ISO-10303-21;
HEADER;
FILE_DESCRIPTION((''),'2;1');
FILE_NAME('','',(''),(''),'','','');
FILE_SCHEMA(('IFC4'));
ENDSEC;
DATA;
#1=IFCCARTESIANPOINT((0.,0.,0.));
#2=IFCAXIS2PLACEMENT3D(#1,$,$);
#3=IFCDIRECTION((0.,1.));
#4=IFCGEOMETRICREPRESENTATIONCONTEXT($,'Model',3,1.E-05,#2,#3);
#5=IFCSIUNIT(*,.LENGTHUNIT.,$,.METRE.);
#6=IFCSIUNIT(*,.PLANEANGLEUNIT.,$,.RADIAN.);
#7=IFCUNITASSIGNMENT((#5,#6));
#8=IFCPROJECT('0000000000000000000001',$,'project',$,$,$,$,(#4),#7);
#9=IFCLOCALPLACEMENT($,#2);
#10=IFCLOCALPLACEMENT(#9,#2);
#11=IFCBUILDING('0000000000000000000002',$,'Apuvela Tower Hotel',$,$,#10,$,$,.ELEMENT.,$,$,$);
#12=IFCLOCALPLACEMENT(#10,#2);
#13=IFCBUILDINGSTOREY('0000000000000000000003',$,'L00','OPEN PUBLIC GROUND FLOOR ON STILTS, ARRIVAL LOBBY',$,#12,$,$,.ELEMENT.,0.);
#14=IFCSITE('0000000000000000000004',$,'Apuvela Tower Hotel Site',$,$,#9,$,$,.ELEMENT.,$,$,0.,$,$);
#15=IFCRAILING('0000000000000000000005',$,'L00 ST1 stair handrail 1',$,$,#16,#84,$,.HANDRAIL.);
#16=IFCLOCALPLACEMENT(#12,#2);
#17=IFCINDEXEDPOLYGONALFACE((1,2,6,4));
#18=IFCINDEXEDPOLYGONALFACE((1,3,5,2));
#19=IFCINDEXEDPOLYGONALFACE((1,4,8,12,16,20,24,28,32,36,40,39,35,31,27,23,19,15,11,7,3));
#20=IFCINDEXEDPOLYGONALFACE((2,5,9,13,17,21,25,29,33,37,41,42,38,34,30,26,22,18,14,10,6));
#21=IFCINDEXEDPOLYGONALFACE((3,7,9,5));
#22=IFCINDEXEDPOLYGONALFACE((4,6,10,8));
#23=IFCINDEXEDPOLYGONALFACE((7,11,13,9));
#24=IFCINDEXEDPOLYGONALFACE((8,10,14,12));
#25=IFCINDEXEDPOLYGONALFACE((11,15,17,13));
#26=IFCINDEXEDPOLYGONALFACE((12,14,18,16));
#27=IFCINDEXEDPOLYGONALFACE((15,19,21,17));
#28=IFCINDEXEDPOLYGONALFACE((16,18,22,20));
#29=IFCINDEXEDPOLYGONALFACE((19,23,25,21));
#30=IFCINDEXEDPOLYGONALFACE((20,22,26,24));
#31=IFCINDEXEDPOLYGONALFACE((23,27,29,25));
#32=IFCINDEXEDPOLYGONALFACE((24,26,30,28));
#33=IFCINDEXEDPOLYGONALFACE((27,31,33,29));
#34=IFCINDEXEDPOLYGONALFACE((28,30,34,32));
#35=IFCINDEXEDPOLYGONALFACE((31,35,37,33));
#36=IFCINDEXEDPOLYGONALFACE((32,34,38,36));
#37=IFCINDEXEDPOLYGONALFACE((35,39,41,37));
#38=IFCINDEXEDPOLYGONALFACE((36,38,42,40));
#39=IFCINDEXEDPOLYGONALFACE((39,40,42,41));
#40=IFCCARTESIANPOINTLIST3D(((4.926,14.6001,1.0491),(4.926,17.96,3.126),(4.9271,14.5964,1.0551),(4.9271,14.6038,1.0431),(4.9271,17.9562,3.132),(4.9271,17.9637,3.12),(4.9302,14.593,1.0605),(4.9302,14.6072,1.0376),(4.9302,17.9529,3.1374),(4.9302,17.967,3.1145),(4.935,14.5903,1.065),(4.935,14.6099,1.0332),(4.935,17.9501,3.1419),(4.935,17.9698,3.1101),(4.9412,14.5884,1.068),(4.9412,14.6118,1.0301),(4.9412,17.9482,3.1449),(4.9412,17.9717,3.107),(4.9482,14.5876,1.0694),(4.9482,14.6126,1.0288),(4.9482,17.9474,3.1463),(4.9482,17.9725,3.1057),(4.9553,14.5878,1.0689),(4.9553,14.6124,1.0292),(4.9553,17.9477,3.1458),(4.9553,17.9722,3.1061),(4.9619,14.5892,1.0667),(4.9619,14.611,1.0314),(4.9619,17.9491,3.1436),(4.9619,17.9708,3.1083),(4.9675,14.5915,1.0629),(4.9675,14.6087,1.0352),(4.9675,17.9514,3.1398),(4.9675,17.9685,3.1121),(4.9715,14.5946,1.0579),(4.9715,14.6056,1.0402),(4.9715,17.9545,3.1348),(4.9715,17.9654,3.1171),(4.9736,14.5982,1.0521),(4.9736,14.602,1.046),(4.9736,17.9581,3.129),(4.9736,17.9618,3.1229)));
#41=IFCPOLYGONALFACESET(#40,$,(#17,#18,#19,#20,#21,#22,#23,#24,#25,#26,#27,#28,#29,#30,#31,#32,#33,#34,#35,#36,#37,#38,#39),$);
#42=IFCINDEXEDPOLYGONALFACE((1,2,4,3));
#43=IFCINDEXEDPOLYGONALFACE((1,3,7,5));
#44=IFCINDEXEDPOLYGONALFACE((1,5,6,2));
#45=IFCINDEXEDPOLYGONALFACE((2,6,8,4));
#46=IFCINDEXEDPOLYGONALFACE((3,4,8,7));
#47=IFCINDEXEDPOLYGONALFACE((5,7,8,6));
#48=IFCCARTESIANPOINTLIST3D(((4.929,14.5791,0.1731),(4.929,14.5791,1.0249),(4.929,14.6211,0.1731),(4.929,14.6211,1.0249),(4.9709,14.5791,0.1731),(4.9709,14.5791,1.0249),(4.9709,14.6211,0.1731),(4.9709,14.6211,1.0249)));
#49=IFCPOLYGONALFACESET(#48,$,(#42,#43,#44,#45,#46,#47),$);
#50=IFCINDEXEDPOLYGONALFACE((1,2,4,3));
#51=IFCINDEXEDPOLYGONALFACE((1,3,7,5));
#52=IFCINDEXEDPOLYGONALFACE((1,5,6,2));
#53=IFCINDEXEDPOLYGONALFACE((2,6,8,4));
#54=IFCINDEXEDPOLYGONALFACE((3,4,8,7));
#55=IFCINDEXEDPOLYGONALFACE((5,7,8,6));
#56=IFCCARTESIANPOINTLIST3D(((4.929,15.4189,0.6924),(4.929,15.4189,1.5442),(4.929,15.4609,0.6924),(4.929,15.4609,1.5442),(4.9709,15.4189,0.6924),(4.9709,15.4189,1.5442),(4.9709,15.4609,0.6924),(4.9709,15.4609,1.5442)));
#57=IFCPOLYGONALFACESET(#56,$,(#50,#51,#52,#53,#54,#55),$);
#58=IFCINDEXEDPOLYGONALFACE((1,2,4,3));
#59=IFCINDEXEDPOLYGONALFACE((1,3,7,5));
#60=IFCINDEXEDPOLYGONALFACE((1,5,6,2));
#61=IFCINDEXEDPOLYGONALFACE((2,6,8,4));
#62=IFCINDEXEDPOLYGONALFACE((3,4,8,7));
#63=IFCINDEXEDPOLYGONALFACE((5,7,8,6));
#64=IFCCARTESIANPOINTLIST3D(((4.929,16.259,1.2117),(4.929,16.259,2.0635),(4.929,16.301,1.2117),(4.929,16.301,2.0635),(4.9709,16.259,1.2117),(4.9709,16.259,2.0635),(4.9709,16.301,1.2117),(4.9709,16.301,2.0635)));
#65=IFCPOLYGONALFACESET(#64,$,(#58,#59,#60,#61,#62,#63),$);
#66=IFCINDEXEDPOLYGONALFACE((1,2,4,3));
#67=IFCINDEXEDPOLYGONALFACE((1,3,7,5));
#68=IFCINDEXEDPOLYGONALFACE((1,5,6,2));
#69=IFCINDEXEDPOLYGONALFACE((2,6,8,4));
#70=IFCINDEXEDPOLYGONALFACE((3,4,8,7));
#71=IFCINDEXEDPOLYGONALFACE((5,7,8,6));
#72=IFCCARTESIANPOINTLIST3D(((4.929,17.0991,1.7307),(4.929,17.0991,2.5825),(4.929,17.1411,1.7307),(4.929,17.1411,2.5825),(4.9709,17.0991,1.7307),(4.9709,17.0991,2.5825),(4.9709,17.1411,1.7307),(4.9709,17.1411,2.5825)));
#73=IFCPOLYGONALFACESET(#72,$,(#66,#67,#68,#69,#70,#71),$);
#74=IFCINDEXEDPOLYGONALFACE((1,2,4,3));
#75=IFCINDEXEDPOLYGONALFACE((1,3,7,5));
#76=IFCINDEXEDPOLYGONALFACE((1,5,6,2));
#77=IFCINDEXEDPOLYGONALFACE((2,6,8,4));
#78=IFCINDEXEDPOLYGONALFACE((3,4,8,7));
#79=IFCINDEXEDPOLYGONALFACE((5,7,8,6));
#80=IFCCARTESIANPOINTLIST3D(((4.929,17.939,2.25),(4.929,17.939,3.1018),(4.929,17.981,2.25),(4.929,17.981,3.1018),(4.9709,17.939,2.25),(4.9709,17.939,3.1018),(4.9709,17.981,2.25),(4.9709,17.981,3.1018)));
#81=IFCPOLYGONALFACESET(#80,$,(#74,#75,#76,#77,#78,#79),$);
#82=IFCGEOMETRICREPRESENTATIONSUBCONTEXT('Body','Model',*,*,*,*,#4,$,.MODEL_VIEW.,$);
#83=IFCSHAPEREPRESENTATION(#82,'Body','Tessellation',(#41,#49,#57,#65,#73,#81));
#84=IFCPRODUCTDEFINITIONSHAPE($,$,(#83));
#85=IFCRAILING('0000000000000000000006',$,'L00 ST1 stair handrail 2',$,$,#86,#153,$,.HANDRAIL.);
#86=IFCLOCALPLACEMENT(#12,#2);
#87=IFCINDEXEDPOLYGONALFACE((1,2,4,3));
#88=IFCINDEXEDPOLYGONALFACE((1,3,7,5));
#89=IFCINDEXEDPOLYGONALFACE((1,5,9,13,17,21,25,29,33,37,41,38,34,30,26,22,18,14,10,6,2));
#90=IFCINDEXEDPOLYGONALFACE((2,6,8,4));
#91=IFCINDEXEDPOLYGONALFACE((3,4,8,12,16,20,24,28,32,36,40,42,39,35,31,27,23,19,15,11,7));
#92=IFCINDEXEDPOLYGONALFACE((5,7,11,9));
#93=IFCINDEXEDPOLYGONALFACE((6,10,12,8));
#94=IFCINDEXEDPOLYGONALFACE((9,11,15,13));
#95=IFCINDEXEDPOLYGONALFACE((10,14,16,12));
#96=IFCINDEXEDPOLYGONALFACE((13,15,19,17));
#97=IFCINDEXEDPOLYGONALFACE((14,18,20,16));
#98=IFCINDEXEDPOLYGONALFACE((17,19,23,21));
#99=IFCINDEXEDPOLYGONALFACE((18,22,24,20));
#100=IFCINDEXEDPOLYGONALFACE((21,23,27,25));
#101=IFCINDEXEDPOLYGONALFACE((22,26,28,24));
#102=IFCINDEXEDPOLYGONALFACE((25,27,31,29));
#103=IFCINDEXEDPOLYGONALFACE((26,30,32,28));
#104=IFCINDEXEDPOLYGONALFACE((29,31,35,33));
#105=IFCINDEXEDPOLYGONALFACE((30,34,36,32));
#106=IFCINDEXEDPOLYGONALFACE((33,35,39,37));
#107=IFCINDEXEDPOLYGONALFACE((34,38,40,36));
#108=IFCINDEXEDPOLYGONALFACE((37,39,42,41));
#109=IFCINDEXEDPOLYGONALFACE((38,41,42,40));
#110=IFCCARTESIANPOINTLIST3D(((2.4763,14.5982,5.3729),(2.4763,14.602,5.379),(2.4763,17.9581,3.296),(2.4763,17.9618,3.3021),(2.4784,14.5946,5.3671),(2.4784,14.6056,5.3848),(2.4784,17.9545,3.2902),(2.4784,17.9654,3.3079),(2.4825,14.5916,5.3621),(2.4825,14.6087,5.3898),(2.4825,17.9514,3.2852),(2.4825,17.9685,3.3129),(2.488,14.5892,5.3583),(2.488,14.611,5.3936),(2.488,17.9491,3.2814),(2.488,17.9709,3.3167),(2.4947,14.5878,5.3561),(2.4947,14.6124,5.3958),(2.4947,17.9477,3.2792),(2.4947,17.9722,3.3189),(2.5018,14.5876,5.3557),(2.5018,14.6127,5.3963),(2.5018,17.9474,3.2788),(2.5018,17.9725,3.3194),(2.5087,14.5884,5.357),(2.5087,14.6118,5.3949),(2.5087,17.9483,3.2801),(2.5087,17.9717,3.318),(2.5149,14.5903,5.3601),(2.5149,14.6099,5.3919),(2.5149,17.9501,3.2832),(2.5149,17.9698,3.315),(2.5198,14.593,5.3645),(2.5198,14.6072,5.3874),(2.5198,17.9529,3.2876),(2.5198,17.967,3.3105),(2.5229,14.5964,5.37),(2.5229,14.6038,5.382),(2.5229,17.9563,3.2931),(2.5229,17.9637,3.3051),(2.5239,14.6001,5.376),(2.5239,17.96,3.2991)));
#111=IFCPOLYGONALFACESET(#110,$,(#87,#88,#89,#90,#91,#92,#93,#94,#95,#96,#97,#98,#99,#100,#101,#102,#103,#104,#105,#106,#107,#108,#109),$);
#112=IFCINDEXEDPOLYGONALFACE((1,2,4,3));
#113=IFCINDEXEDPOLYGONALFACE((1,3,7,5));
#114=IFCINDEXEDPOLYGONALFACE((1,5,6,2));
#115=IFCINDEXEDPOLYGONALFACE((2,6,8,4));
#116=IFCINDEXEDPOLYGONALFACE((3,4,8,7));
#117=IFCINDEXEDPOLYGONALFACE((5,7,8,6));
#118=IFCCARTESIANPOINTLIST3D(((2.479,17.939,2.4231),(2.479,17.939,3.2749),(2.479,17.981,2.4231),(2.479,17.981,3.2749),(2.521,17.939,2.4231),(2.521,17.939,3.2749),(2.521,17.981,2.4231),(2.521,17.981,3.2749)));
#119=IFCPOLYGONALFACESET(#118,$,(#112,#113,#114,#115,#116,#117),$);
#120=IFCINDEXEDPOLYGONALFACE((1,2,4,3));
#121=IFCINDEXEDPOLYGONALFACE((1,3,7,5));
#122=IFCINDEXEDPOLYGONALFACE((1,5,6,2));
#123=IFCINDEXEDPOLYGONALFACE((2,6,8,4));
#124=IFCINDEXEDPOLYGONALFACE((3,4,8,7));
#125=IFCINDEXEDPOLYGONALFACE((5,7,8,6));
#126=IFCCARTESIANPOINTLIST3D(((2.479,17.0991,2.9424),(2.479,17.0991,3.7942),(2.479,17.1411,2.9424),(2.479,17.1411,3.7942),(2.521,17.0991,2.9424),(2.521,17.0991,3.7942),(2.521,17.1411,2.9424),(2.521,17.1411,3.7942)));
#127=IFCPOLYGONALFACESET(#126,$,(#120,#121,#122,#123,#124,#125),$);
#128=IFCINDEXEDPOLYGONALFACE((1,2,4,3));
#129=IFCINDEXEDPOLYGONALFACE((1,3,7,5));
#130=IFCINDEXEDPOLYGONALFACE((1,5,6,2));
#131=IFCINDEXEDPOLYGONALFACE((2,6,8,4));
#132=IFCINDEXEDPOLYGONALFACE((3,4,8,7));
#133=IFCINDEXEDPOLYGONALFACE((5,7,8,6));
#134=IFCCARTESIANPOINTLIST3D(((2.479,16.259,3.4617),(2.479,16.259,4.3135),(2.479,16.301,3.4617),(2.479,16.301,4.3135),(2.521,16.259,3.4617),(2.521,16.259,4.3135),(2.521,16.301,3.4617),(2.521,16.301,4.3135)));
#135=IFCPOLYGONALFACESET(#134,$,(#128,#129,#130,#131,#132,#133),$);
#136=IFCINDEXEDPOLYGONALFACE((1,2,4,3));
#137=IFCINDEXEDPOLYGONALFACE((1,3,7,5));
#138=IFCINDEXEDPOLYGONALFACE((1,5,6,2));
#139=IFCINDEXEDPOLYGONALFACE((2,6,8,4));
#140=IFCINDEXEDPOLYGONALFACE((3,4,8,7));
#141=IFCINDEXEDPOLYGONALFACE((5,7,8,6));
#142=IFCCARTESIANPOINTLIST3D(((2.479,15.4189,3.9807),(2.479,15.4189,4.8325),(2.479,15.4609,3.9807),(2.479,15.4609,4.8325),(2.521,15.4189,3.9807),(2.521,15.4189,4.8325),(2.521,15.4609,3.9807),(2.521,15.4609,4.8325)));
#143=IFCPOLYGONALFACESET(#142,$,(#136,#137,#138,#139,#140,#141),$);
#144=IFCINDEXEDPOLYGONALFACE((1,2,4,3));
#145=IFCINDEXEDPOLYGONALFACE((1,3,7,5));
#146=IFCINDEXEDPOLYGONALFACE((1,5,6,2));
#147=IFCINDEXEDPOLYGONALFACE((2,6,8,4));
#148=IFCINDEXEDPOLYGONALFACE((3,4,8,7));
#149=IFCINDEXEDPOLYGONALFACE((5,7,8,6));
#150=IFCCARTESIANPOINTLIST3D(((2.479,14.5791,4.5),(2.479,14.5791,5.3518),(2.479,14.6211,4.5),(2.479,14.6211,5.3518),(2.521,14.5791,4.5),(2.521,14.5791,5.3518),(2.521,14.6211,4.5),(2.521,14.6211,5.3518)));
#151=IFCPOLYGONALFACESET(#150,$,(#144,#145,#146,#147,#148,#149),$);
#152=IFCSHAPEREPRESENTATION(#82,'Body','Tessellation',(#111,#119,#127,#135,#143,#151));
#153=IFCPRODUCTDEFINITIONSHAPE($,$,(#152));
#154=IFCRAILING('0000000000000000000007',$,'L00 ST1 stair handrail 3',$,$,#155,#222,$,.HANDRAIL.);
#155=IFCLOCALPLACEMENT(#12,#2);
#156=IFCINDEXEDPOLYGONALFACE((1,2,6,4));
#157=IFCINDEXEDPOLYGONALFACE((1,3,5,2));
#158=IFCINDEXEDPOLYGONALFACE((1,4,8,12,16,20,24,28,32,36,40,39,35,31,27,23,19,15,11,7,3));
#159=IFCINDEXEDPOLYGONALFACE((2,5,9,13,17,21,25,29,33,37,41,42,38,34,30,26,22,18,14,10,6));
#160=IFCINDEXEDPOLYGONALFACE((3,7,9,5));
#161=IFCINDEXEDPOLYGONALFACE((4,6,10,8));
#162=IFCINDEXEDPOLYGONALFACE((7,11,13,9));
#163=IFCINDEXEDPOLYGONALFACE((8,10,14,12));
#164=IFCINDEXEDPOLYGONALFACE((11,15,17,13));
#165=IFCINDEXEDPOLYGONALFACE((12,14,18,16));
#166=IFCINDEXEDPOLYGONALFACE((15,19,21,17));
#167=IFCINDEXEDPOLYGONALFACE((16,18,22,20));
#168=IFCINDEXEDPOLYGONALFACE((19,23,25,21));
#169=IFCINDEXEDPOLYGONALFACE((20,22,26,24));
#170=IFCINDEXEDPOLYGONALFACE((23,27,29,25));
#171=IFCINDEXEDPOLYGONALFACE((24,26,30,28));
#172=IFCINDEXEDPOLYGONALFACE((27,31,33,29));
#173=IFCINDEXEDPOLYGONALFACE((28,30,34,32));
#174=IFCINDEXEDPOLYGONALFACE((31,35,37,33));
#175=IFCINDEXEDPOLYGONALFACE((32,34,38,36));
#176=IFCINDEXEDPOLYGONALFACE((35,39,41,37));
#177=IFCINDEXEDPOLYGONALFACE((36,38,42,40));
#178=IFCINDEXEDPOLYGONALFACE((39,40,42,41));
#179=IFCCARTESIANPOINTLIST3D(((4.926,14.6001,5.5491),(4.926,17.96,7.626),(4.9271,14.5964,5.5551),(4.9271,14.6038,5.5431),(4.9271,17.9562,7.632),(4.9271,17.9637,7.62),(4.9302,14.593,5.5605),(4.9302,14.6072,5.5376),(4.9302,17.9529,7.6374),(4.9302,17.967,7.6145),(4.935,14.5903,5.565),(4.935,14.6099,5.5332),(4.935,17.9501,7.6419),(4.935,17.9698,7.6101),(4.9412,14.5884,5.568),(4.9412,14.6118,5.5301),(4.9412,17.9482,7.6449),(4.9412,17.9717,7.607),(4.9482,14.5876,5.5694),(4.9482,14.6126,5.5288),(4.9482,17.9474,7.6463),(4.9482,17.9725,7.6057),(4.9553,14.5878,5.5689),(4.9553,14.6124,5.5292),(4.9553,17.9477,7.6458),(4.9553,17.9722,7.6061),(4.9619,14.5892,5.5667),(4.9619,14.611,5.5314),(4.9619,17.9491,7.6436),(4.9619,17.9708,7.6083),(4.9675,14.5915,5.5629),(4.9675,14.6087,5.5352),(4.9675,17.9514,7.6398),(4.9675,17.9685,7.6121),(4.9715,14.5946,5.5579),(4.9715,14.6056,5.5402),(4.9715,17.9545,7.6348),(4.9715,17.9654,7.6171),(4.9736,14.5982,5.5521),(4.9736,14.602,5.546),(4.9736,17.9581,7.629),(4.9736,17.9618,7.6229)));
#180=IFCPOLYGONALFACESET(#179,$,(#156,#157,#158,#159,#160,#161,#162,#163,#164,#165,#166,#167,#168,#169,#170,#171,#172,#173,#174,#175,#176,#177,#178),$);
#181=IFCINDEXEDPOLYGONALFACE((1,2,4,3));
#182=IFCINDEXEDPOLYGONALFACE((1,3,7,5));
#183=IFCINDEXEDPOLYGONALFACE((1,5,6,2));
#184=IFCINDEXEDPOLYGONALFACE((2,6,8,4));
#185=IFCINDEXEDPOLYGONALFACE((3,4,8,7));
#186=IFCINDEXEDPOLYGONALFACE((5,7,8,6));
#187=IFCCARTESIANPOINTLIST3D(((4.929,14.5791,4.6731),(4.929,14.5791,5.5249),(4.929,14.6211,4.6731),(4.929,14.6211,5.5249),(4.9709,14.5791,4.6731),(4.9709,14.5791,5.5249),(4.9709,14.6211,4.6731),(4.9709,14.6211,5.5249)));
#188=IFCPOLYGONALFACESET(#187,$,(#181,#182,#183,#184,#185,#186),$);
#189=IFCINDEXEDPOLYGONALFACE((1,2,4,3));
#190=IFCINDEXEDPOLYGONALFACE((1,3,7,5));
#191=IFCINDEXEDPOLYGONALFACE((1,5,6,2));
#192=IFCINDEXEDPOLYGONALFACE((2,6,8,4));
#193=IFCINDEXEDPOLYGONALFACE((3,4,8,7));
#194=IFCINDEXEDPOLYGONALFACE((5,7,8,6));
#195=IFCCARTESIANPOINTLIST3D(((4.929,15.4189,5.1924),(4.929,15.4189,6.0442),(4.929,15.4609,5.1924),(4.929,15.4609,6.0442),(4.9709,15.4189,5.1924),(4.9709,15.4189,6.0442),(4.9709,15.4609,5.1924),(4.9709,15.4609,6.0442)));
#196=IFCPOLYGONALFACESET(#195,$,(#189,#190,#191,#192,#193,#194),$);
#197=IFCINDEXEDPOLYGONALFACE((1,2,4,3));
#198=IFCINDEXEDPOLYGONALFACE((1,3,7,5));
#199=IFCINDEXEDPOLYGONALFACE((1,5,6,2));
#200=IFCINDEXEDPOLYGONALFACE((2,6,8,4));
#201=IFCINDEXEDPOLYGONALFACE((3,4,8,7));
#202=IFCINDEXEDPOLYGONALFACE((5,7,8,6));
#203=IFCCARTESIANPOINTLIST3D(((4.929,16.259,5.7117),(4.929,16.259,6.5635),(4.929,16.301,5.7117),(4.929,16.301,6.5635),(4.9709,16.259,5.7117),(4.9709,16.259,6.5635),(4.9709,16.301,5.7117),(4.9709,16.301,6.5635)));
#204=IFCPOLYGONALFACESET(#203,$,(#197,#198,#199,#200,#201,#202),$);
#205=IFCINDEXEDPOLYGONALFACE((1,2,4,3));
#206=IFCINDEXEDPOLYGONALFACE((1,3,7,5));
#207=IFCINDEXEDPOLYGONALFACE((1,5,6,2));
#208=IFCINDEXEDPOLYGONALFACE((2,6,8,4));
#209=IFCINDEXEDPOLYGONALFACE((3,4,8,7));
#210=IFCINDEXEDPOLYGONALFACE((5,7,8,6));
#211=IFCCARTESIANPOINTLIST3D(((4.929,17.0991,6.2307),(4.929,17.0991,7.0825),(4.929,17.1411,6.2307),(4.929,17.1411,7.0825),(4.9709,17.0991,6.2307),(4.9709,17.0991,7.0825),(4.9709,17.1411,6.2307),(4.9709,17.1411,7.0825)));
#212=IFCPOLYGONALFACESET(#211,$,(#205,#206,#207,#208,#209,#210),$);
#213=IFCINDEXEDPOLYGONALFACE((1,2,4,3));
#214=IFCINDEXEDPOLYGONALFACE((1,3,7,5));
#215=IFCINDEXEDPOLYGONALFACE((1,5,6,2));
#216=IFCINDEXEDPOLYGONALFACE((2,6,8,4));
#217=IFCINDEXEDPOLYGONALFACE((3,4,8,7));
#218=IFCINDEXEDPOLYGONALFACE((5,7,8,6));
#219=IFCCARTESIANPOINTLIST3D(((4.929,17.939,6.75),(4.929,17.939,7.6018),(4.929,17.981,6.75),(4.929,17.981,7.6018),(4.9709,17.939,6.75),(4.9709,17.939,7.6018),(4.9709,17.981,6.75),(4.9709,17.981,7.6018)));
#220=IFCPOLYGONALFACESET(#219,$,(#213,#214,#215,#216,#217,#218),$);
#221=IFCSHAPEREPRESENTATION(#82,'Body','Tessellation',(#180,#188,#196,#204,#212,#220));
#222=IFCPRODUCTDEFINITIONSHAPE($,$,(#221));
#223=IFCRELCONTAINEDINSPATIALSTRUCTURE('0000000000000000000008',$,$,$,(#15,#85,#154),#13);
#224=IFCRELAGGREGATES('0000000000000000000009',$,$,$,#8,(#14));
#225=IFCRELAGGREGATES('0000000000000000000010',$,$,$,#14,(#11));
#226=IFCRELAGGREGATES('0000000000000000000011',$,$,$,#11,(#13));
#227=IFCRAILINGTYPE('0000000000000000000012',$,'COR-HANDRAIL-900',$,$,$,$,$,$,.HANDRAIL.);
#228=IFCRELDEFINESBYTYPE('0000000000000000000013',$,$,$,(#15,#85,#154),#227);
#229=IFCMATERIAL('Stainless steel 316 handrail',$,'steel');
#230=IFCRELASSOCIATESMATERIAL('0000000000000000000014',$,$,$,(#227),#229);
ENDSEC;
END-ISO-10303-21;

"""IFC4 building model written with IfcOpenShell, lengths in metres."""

from ifc_helpers import new_model, si_unit, direction, frame, origin, origin_2d, place, context, subcontext, project, spatial, rectangle, circle, extrude, material, type_object, element, save


model = new_model("IFC4")

# Units and contexts
model_context = context("Model", 3, precision=1e-05, world=origin(), true_north=direction((0.0, 1.0)))
body_context = subcontext(model_context, "Body", "Model", "MODEL_VIEW")
ifc_project = project(units=[si_unit("LENGTHUNIT", "METRE"), si_unit("PLANEANGLEUNIT", "RADIAN")], contexts=[model_context])

# Site, building, storey
site_placement = place(None, origin())
site = spatial("IfcSite", under=ifc_project, at=site_placement, Name="Apuvela Tower Hotel Site", CompositionType="ELEMENT", RefElevation=0.0)
building_placement = place(site_placement, origin())
building = spatial("IfcBuilding", under=site, at=building_placement, Name="Apuvela Tower Hotel", CompositionType="ELEMENT")
storey_placement = place(building_placement, origin())
storey = spatial("IfcBuildingStorey", under=building, at=storey_placement, Name="L00", Description="OPEN PUBLIC GROUND FLOOR ON STILTS, ARRIVAL LOBBY", CompositionType="ELEMENT", Elevation=0.0)

# Railings
ifc_material_1 = material(Name="Stainless steel 316 handrail", Category="steel")
railing_type_1 = type_object("IfcRailingType", Name="COR-HANDRAIL-900", PredefinedType="HANDRAIL", material=ifc_material_1)
railing_1_placement = place(storey_placement, frame((4.95, 14.6001, 0.1731)))
element("IfcRailing", 1, at=railing_1_placement, inside=storey, type_object=railing_type_1, Name="L00 ST1 stair handrail 1", PredefinedType="HANDRAIL", context=body_context, shape_type="SweptSolid", body=[
    extrude(circle(Radius=0.0239, at=origin_2d()), frame((0.0, 0.0, 0.876), z_axis=(0.0, 0.850606, 0.525803), x_axis=(-1.0, 0.0, 0.0)), (0.0, 0.0, 1.0), 3.95),
    extrude(rectangle(XDim=0.042, YDim=0.042, at=origin_2d()), origin(), (0.0, 0.0, 1.0), 0.8518),
    extrude(rectangle(XDim=0.042, YDim=0.042, at=origin_2d()), frame((0.0, 0.8398, 0.5193)), (0.0, 0.0, 1.0), 0.8518),
    extrude(rectangle(XDim=0.042, YDim=0.042, at=origin_2d()), frame((0.0, 1.6799, 1.0386)), (0.0, 0.0, 1.0), 0.8518),
    extrude(rectangle(XDim=0.042, YDim=0.042, at=origin_2d()), frame((0.0, 2.52, 1.5576)), (0.0, 0.0, 1.0), 0.8518),
    extrude(rectangle(XDim=0.042, YDim=0.042, at=origin_2d()), frame((0.0, 3.3599, 2.0769)), (0.0, 0.0, 1.0), 0.8518),
])
railing_2_placement = place(storey_placement, frame((2.5, 17.96, 2.4231)))
element("IfcRailing", 2, at=railing_2_placement, inside=storey, type_object=railing_type_1, Name="L00 ST1 stair handrail 2", PredefinedType="HANDRAIL", context=body_context, shape_type="SweptSolid", body=[
    extrude(circle(Radius=0.0239, at=origin_2d()), frame((0.0, 0.0, 0.876), z_axis=(0.0, -0.850606, 0.525803), x_axis=(1.0, 0.0, 0.0)), (0.0, 0.0, 1.0), 3.95),
    extrude(rectangle(XDim=0.042, YDim=0.042, at=origin_2d()), origin(), (0.0, 0.0, 1.0), 0.8518),
    extrude(rectangle(XDim=0.042, YDim=0.042, at=origin_2d()), frame((0.0, -0.8398, 0.5193)), (0.0, 0.0, 1.0), 0.8518),
    extrude(rectangle(XDim=0.042, YDim=0.042, at=origin_2d()), frame((0.0, -1.6799, 1.0386)), (0.0, 0.0, 1.0), 0.8518),
    extrude(rectangle(XDim=0.042, YDim=0.042, at=origin_2d()), frame((0.0, -2.52, 1.5576)), (0.0, 0.0, 1.0), 0.8518),
    extrude(rectangle(XDim=0.042, YDim=0.042, at=origin_2d()), frame((0.0, -3.3599, 2.0769)), (0.0, 0.0, 1.0), 0.8518),
])
railing_3_placement = place(storey_placement, frame((4.95, 14.6001, 4.6731)))
element("IfcRailing", 3, at=railing_3_placement, inside=storey, type_object=railing_type_1, Name="L00 ST1 stair handrail 3", PredefinedType="HANDRAIL", context=body_context, shape_type="SweptSolid", body=[
    extrude(circle(Radius=0.0239, at=origin_2d()), frame((0.0, 0.0, 0.876), z_axis=(0.0, 0.850606, 0.525803), x_axis=(-1.0, 0.0, 0.0)), (0.0, 0.0, 1.0), 3.95),
    extrude(rectangle(XDim=0.042, YDim=0.042, at=origin_2d()), origin(), (0.0, 0.0, 1.0), 0.8518),
    extrude(rectangle(XDim=0.042, YDim=0.042, at=origin_2d()), frame((0.0, 0.8398, 0.5193)), (0.0, 0.0, 1.0), 0.8518),
    extrude(rectangle(XDim=0.042, YDim=0.042, at=origin_2d()), frame((0.0, 1.6799, 1.0386)), (0.0, 0.0, 1.0), 0.8518),
    extrude(rectangle(XDim=0.042, YDim=0.042, at=origin_2d()), frame((0.0, 2.52, 1.5576)), (0.0, 0.0, 1.0), 0.8518),
    extrude(rectangle(XDim=0.042, YDim=0.042, at=origin_2d()), frame((0.0, 3.3599, 2.0769)), (0.0, 0.0, 1.0), 0.8518),
])

save(model, "model.ifc")
